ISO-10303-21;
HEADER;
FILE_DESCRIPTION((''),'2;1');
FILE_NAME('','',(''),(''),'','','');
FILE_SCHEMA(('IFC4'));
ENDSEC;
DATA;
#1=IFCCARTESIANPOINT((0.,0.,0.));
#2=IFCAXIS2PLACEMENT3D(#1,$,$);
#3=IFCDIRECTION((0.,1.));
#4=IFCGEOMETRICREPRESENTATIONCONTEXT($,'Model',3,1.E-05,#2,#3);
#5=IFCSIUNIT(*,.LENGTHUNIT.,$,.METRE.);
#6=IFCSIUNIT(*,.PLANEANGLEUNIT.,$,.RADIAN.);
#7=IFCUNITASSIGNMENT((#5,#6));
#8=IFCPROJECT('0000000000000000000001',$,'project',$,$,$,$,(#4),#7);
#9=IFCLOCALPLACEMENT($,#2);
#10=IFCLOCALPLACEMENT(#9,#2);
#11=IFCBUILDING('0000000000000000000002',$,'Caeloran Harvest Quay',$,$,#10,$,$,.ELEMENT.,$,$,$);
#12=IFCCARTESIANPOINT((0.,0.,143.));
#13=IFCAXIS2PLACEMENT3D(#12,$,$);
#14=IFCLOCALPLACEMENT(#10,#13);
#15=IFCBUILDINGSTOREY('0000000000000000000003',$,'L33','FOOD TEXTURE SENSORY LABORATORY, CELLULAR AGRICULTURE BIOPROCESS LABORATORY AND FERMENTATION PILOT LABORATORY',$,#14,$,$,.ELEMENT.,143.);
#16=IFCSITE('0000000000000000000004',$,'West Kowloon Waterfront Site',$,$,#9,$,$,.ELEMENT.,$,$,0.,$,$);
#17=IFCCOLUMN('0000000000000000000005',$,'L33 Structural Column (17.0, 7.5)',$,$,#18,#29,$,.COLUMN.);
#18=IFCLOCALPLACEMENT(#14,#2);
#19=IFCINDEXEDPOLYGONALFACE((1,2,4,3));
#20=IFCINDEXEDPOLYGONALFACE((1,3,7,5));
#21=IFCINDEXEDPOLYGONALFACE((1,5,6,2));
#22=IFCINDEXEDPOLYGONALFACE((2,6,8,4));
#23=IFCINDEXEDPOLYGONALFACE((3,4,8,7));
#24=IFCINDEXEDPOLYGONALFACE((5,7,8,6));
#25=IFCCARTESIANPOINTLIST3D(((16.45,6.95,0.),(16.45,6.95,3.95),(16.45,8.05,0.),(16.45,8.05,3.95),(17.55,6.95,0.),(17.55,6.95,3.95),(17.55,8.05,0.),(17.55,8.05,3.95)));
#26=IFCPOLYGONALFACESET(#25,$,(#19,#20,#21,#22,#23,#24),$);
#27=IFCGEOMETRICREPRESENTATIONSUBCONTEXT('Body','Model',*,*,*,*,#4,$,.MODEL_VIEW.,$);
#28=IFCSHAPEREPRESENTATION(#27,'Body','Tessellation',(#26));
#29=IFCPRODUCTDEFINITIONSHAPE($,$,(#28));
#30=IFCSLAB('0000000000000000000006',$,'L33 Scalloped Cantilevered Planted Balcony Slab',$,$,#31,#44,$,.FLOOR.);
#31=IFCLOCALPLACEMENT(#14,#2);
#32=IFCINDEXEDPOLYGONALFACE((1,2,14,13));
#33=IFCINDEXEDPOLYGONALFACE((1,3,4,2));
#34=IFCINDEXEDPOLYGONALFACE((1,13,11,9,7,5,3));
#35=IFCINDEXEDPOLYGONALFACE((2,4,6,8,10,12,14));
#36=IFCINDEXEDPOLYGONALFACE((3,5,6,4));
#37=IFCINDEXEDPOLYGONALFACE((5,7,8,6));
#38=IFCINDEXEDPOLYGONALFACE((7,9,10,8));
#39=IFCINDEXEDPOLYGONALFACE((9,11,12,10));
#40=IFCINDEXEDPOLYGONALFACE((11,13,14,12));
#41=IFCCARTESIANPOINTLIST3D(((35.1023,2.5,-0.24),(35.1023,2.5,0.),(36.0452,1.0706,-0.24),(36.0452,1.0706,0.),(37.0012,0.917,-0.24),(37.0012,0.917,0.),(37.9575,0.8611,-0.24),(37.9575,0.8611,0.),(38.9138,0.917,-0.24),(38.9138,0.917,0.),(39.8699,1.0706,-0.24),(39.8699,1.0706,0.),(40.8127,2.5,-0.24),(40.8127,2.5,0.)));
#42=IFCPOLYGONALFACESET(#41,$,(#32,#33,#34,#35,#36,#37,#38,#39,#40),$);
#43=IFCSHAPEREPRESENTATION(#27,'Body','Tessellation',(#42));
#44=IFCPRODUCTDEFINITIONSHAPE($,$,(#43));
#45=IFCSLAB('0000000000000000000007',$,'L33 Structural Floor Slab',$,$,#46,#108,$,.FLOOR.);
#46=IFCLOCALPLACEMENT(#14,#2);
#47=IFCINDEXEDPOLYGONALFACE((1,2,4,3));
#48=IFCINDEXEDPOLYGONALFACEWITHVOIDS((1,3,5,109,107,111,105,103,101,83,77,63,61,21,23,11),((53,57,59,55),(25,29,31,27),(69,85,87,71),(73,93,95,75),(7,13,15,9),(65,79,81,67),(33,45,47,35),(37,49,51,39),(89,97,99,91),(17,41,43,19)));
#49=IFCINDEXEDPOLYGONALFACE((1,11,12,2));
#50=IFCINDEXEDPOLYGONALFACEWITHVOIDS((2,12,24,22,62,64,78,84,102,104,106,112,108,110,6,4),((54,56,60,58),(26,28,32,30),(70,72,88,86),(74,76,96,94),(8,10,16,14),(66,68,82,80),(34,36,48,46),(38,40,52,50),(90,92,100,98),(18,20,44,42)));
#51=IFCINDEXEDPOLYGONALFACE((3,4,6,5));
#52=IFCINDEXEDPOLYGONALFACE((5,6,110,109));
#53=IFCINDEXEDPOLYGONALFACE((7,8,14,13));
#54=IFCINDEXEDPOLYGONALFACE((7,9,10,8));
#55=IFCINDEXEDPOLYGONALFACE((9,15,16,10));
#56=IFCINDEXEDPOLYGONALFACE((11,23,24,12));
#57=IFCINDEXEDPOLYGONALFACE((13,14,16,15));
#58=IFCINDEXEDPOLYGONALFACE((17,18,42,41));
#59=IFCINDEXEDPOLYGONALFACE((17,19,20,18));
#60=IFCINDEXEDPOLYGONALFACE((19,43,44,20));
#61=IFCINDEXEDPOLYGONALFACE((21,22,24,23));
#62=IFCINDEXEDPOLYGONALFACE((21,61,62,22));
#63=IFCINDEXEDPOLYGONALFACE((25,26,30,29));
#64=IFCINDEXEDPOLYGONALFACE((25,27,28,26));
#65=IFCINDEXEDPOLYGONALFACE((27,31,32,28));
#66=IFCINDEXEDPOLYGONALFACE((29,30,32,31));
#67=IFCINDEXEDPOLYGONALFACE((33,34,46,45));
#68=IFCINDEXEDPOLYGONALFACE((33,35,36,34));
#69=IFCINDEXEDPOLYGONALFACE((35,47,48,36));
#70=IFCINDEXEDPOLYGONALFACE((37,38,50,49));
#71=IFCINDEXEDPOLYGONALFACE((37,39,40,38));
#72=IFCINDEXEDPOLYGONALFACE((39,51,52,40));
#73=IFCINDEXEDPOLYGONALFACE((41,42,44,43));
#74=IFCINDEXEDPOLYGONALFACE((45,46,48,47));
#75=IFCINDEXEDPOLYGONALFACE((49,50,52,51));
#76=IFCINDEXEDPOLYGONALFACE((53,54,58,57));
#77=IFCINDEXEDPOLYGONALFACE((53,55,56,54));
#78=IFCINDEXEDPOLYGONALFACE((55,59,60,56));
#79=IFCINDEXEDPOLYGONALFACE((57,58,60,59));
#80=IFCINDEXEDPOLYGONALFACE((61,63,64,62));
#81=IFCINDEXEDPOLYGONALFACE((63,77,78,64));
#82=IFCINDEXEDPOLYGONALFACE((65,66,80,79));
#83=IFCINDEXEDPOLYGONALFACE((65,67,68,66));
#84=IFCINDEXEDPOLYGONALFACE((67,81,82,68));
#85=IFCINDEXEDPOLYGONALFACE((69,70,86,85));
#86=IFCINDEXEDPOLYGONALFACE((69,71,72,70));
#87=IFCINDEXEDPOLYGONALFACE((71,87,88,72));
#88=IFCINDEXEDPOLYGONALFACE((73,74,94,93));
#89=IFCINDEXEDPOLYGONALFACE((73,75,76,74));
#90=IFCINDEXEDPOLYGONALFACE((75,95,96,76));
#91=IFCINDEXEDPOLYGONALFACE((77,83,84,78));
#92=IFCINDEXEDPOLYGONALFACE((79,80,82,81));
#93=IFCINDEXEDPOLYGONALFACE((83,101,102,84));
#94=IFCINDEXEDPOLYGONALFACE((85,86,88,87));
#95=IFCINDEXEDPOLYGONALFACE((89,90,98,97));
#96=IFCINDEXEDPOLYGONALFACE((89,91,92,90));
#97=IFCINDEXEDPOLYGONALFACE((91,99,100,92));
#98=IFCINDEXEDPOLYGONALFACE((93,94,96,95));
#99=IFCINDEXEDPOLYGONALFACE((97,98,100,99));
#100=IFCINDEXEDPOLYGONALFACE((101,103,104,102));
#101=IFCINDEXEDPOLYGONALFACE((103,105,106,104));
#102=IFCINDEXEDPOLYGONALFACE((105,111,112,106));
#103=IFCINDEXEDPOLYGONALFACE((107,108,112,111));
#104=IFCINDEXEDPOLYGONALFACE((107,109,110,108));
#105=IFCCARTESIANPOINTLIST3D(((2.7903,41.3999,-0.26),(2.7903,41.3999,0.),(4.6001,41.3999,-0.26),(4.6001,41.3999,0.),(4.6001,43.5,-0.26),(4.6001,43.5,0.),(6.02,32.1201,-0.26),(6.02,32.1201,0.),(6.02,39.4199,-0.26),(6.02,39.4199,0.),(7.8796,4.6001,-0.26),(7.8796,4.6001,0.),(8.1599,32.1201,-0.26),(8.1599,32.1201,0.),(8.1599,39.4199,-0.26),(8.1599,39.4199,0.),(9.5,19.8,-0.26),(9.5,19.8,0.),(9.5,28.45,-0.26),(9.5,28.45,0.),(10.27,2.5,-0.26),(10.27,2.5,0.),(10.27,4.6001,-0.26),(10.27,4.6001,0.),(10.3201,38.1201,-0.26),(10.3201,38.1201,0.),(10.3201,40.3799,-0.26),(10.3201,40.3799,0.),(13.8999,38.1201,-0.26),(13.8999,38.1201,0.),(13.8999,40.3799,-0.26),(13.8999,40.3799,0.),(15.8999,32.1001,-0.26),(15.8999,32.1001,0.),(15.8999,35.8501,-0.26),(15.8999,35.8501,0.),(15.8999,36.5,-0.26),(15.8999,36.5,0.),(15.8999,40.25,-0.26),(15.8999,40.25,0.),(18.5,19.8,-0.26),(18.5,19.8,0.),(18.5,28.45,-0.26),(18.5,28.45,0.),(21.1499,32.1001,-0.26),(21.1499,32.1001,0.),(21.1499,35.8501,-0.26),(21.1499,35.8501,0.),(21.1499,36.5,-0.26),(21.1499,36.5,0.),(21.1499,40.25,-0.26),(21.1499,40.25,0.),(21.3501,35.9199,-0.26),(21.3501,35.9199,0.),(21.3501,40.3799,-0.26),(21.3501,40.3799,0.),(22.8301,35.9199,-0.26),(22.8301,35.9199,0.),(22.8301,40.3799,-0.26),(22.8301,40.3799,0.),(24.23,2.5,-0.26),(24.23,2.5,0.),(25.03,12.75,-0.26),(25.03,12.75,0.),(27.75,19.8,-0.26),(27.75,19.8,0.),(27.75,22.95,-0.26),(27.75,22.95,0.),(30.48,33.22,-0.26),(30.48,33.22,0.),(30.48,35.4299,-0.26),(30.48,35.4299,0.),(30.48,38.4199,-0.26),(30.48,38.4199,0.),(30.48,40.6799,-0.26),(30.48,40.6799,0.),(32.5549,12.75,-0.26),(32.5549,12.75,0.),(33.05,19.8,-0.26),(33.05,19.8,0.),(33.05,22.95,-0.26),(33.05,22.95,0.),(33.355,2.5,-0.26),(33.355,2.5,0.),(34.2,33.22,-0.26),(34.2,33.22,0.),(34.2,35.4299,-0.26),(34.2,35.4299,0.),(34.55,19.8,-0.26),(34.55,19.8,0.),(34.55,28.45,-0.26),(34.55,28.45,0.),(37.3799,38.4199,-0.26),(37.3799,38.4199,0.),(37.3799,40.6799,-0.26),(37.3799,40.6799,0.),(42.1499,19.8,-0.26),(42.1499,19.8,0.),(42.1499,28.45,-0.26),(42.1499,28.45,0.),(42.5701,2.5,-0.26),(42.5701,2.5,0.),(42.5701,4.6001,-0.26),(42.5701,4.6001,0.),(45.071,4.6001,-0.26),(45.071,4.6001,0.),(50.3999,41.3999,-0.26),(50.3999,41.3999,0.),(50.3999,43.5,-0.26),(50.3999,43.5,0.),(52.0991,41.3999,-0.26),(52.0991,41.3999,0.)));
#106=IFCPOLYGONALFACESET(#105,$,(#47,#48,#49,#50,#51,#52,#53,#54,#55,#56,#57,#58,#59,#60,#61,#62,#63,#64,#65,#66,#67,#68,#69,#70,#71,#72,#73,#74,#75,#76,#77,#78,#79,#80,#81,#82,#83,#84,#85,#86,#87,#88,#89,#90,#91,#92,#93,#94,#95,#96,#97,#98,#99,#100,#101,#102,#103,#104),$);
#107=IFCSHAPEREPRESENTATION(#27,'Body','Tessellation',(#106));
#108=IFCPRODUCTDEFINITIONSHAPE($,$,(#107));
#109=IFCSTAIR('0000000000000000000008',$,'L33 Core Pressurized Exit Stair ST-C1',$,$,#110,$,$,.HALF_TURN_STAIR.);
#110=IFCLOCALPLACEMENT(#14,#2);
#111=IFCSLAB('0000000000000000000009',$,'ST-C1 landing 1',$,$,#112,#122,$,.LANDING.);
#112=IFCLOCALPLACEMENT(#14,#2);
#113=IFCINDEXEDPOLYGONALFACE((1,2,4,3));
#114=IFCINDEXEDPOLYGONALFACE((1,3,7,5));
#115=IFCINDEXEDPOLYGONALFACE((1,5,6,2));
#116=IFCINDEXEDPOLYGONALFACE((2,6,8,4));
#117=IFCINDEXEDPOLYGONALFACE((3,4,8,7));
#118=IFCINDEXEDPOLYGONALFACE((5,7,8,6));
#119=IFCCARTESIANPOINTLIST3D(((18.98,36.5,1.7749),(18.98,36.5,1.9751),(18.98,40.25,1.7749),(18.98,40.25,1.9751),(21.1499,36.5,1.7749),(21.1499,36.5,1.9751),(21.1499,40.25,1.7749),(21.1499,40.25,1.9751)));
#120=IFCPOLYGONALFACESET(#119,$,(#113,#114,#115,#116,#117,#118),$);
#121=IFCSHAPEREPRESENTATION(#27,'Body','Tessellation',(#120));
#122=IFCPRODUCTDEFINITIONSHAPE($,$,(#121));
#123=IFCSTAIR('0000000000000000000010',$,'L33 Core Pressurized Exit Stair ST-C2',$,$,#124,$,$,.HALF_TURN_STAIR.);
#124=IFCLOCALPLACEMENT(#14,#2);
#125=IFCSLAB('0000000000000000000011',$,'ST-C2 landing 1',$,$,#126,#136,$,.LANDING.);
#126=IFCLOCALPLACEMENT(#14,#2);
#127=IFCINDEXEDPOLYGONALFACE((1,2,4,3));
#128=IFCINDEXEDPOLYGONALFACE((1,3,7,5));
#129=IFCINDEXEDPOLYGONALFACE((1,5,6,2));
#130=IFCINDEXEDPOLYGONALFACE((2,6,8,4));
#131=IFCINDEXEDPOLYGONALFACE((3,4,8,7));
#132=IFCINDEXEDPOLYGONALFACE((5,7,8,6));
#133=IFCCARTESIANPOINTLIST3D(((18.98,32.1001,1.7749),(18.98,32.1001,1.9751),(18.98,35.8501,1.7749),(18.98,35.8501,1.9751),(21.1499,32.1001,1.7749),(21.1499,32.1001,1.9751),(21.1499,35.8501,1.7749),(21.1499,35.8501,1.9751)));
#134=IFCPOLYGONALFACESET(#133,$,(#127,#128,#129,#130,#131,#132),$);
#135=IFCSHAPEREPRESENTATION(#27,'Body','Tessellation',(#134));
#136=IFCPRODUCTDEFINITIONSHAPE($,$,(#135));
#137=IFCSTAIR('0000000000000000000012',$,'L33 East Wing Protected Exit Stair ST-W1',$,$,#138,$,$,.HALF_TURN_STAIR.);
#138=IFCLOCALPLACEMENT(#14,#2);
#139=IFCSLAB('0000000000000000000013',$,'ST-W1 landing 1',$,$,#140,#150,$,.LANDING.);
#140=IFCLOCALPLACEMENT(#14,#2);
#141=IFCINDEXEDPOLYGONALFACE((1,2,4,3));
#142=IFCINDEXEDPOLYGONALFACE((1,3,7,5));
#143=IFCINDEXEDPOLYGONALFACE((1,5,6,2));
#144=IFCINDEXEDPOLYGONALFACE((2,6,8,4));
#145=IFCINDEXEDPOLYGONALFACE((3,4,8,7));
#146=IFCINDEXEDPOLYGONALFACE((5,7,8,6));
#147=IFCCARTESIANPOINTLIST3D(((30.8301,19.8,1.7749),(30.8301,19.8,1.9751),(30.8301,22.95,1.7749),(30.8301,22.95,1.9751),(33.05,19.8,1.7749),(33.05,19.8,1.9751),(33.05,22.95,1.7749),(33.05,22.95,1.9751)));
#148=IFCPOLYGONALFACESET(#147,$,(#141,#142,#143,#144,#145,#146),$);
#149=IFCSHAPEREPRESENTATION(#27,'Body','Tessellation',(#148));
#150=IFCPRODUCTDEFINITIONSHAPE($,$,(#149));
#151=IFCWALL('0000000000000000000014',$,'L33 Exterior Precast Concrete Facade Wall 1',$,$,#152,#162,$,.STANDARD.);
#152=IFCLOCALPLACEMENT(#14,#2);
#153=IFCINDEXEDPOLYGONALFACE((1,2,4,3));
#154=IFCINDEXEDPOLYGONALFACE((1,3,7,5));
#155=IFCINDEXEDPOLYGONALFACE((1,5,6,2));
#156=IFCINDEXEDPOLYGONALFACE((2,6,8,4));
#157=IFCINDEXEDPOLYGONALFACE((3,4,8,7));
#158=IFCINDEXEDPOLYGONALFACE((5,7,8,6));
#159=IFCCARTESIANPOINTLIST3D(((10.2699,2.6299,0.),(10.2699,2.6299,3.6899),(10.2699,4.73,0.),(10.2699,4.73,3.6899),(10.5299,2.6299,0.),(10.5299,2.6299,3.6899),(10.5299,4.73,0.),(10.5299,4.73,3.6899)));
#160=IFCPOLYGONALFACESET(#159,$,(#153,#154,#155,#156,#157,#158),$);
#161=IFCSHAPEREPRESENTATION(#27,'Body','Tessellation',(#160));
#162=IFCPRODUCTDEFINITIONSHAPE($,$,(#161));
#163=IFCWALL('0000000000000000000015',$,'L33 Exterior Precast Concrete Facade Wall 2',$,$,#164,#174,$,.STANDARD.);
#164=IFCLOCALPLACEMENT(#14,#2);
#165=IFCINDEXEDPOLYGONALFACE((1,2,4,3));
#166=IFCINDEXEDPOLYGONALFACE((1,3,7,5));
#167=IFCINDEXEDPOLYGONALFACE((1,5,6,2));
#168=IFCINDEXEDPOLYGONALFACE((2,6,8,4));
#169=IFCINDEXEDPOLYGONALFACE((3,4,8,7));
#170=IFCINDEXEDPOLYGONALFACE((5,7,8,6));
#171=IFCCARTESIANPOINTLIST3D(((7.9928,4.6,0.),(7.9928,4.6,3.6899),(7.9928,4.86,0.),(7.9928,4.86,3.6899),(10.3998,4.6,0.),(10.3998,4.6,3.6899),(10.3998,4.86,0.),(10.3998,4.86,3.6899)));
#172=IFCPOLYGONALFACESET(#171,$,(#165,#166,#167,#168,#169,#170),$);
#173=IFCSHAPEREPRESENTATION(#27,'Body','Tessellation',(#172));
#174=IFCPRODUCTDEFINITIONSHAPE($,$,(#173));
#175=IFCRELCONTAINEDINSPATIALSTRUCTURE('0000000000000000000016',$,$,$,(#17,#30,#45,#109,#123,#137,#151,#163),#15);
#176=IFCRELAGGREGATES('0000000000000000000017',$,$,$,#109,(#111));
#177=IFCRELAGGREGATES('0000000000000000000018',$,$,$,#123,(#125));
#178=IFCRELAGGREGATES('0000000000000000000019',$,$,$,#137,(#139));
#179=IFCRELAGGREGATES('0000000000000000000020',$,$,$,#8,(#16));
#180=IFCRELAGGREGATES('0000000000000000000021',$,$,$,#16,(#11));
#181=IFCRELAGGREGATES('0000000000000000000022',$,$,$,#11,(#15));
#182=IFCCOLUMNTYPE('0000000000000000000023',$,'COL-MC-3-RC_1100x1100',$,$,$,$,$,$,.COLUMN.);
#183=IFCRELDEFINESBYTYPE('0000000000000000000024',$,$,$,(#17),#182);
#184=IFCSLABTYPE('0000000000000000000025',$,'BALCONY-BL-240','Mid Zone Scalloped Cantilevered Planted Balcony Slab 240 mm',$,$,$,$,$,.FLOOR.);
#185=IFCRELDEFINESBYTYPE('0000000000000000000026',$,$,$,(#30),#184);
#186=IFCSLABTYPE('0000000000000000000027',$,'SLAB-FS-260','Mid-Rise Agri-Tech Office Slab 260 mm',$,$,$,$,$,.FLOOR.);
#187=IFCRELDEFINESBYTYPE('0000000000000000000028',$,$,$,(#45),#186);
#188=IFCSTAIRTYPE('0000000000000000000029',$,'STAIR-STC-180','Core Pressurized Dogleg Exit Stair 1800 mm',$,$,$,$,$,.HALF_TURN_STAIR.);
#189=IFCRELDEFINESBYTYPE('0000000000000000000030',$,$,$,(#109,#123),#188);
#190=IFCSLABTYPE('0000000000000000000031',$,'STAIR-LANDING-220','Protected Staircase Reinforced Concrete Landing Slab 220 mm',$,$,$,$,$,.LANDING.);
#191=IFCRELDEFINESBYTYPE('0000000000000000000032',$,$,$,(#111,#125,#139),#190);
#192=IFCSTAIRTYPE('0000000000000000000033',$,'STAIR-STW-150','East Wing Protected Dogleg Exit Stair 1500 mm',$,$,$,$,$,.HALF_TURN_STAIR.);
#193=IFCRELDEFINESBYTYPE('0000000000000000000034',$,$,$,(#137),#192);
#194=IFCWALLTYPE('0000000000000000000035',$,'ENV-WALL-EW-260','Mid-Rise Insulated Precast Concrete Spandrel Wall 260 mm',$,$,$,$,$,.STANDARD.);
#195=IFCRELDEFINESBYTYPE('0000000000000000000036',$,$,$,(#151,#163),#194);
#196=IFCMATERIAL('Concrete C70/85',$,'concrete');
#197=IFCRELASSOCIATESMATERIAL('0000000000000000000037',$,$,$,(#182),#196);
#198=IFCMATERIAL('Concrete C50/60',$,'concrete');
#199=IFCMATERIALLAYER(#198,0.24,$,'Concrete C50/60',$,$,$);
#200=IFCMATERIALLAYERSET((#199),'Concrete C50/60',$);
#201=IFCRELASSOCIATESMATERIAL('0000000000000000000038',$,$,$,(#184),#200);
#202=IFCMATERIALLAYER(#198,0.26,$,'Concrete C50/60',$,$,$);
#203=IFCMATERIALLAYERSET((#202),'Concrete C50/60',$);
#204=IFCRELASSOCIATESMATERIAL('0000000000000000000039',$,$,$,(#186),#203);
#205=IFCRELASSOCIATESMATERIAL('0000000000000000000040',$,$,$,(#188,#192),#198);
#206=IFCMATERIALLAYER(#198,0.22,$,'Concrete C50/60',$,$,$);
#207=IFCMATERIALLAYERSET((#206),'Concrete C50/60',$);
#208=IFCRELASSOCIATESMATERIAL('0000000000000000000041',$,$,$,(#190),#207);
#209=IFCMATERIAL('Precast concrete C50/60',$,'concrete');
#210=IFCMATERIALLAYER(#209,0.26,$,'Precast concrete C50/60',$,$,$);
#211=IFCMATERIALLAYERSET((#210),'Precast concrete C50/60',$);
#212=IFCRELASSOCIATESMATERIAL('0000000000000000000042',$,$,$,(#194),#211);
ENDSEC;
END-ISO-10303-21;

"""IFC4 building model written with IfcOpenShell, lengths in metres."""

from ifc_helpers import new_model, si_unit, direction, frame, frame_2d, origin, origin_2d, place, context, subcontext, project, spatial, polyline, rectangle, outline, extrude, material, layer, layer_set, material_profile, profile_set, type_object, element, aggregate, save


model = new_model("IFC4")

# Units and contexts
model_context = context("Model", 3, precision=1e-05, world=origin(), true_north=direction((0.0, 1.0)))
body_context = subcontext(model_context, "Body", "Model", "MODEL_VIEW")
ifc_project = project(units=[si_unit("LENGTHUNIT", "METRE"), si_unit("PLANEANGLEUNIT", "RADIAN")], contexts=[model_context])

# Site, building, storey
site_placement = place(None, origin())
site = spatial("IfcSite", under=ifc_project, at=site_placement, Name="West Kowloon Waterfront Site", CompositionType="ELEMENT", RefElevation=0.0)
building_placement = place(site_placement, origin())
building = spatial("IfcBuilding", under=site, at=building_placement, Name="Caeloran Harvest Quay", CompositionType="ELEMENT")
storey_placement = place(building_placement, frame((0.0, 0.0, 143.0)))
storey = spatial("IfcBuildingStorey", under=building, at=storey_placement, Name="L33", Description="FOOD TEXTURE SENSORY LABORATORY, CELLULAR AGRICULTURE BIOPROCESS LABORATORY AND FERMENTATION PILOT LABORATORY", CompositionType="ELEMENT", Elevation=143.0)

# Column
ifc_material_1 = material(Name="Concrete C70/85", Category="concrete")
ifc_material_profile = material_profile(ifc_material_1, rectangle(XDim=1.1001, YDim=1.1001, at=origin_2d()), Name="RC 1100x1100")
ifc_profile_set = profile_set([ifc_material_profile], Name="Concrete C70/85")
column_type = type_object("IfcColumnType", Name="COL-MC-3-RC_1100x1100", PredefinedType="COLUMN", material=ifc_profile_set)
column_placement = place(storey_placement, frame((17.0, 7.5, 0.0), z_axis=(0.0, 0.0, 1.0), x_axis=(1.0, 0.0, 0.0)))
element("IfcColumn", 1, at=column_placement, inside=storey, type_object=column_type, Name="L33 Structural Column (17.0, 7.5)", PredefinedType="COLUMN", context=body_context, shape_type="SweptSolid", body=[
    extrude(rectangle(XDim=1.1001, YDim=1.1001, at=origin_2d()), origin(), (0.0, 0.0, 1.0), 3.95),
])

# Slabs
ifc_material_2 = material(Name="Concrete C50/60", Category="concrete")
ifc_layer_1 = layer(ifc_material_2, 0.24, Name="Concrete C50/60")
ifc_layer_set_1 = layer_set([ifc_layer_1], Name="Concrete C50/60")
slab_type_1 = type_object("IfcSlabType", Name="BALCONY-BL-240", Description="Mid Zone Scalloped Cantilevered Planted Balcony Slab 240 mm", PredefinedType="FLOOR", material=ifc_layer_set_1)
slab_1_placement = place(storey_placement, frame((0.0, 0.0, -0.24)))
element("IfcSlab", 2, at=slab_1_placement, inside=storey, type_object=slab_type_1, Name="L33 Scalloped Cantilevered Planted Balcony Slab", PredefinedType="FLOOR", context=body_context, shape_type="SweptSolid", body=[
    extrude(outline(polyline([(39.8699, 1.0706), (38.9138, 0.917), (37.9575, 0.8611), (37.0012, 0.917), (36.0452, 1.0706), (35.1023, 2.5), (40.8127, 2.5), (39.8699, 1.0706)])), origin(), (0.0, 0.0, 1.0), 0.24),
])
ifc_layer_2 = layer(ifc_material_2, 0.26, Name="Concrete C50/60")
ifc_layer_set_2 = layer_set([ifc_layer_2], Name="Concrete C50/60")
slab_type_2 = type_object("IfcSlabType", Name="SLAB-FS-260", Description="Mid-Rise Agri-Tech Office Slab 260 mm", PredefinedType="FLOOR", material=ifc_layer_set_2)
slab_2_placement = place(storey_placement, frame((0.0, 0.0, -0.26)))
element("IfcSlab", 3, at=slab_2_placement, inside=storey, type_object=slab_type_2, Name="L33 Structural Floor Slab", PredefinedType="FLOOR", context=body_context, shape_type="SweptSolid", body=[
    extrude(outline(polyline([(10.27, 2.5), (24.23, 2.5), (25.03, 12.75), (32.5549, 12.75), (33.355, 2.5), (42.5701, 2.5), (42.5701, 4.6001), (45.071, 4.6001), (52.0991, 41.3999), (50.3999, 41.3999), (50.3999, 43.5), (4.6001, 43.5), (4.6001, 41.3999), (2.7903, 41.3999), (7.8796, 4.6001), (10.27, 4.6001), (10.27, 2.5)]), holes=[polyline([(27.75, 19.8), (27.75, 22.95), (33.05, 22.95), (33.05, 19.8), (27.75, 19.8)]), polyline([(18.5, 19.8), (9.5, 19.8), (9.5, 28.45), (18.5, 28.45), (18.5, 19.8)]), polyline([(42.1499, 19.8), (34.55, 19.8), (34.55, 28.45), (42.1499, 28.45), (42.1499, 19.8)]), polyline([(15.8999, 35.8501), (21.1499, 35.8501), (21.1499, 32.1001), (15.8999, 32.1001), (15.8999, 35.8501)]), polyline([(30.48, 33.22), (30.48, 35.4299), (34.2, 35.4299), (34.2, 33.22), (30.48, 33.22)]), polyline([(8.1599, 32.1201), (6.02, 32.1201), (6.02, 39.4199), (8.1599, 39.4199), (8.1599, 32.1201)]), polyline([(22.8301, 35.9199), (21.3501, 35.9199), (21.3501, 40.3799), (22.8301, 40.3799), (22.8301, 35.9199)]), polyline([(15.8999, 36.5), (15.8999, 40.25), (21.1499, 40.25), (21.1499, 36.5), (15.8999, 36.5)]), polyline([(10.3201, 38.1201), (10.3201, 40.3799), (13.8999, 40.3799), (13.8999, 38.1201), (10.3201, 38.1201)]), polyline([(30.48, 38.4199), (30.48, 40.6799), (37.3799, 40.6799), (37.3799, 38.4199), (30.48, 38.4199)])]), origin(), (0.0, 0.0, 1.0), 0.26),
])

# Stairs, slabs
stair_type_1 = type_object("IfcStairType", Name="STAIR-STC-180", Description="Core Pressurized Dogleg Exit Stair 1800 mm", PredefinedType="HALF_TURN_STAIR", material=ifc_material_2)
stair_1_placement = place(storey_placement, origin())
stair_1 = element("IfcStair", 4, at=stair_1_placement, inside=storey, type_object=stair_type_1, Name="L33 Core Pressurized Exit Stair ST-C1", PredefinedType="HALF_TURN_STAIR")
ifc_layer_3 = layer(ifc_material_2, 0.22, Name="Concrete C50/60")
ifc_layer_set_3 = layer_set([ifc_layer_3], Name="Concrete C50/60")
slab_type_3 = type_object("IfcSlabType", Name="STAIR-LANDING-220", Description="Protected Staircase Reinforced Concrete Landing Slab 220 mm", PredefinedType="LANDING", material=ifc_layer_set_3)
slab_3_placement = place(storey_placement, frame((0.0, 0.0, 1.7749)))
slab_3 = element("IfcSlab", 5, at=slab_3_placement, type_object=slab_type_3, Name="ST-C1 landing 1", PredefinedType="LANDING", context=body_context, shape_type="SweptSolid", body=[
    extrude(outline(polyline([(18.98, 36.5), (21.1499, 36.5), (21.1499, 40.25), (18.98, 40.25), (18.98, 36.5)])), origin(), (0.0, 0.0, 1.0), 0.2002),
])
aggregate(stair_1, [slab_3])
stair_2_placement = place(storey_placement, origin())
stair_2 = element("IfcStair", 6, at=stair_2_placement, inside=storey, type_object=stair_type_1, Name="L33 Core Pressurized Exit Stair ST-C2", PredefinedType="HALF_TURN_STAIR")
slab_4_placement = place(storey_placement, frame((0.0, 0.0, 1.7749)))
slab_4 = element("IfcSlab", 7, at=slab_4_placement, type_object=slab_type_3, Name="ST-C2 landing 1", PredefinedType="LANDING", context=body_context, shape_type="SweptSolid", body=[
    extrude(outline(polyline([(18.98, 32.1001), (21.1499, 32.1001), (21.1499, 35.8501), (18.98, 35.8501), (18.98, 32.1001)])), origin(), (0.0, 0.0, 1.0), 0.2002),
])
aggregate(stair_2, [slab_4])
stair_type_2 = type_object("IfcStairType", Name="STAIR-STW-150", Description="East Wing Protected Dogleg Exit Stair 1500 mm", PredefinedType="HALF_TURN_STAIR", material=ifc_material_2)
stair_3_placement = place(storey_placement, origin())
stair_3 = element("IfcStair", 8, at=stair_3_placement, inside=storey, type_object=stair_type_2, Name="L33 East Wing Protected Exit Stair ST-W1", PredefinedType="HALF_TURN_STAIR")
slab_5_placement = place(storey_placement, frame((0.0, 0.0, 1.7749)))
slab_5 = element("IfcSlab", 9, at=slab_5_placement, type_object=slab_type_3, Name="ST-W1 landing 1", PredefinedType="LANDING", context=body_context, shape_type="SweptSolid", body=[
    extrude(outline(polyline([(30.8301, 19.8), (33.05, 19.8), (33.05, 22.95), (30.8301, 22.95), (30.8301, 19.8)])), origin(), (0.0, 0.0, 1.0), 0.2002),
])
aggregate(stair_3, [slab_5])

# Walls
ifc_material_3 = material(Name="Precast concrete C50/60", Category="concrete")
ifc_layer_4 = layer(ifc_material_3, 0.26, Name="Precast concrete C50/60")
ifc_layer_set_4 = layer_set([ifc_layer_4], Name="Precast concrete C50/60")
wall_type = type_object("IfcWallType", Name="ENV-WALL-EW-260", Description="Mid-Rise Insulated Precast Concrete Spandrel Wall 260 mm", PredefinedType="STANDARD", material=ifc_layer_set_4)
wall_1_placement = place(storey_placement, frame((10.3999, 2.6299, 0.0), z_axis=(0.0, 0.0, 1.0), x_axis=(0.0, 1.0, 0.0)))
element("IfcWall", 10, at=wall_1_placement, inside=storey, type_object=wall_type, Name="L33 Exterior Precast Concrete Facade Wall 1", PredefinedType="STANDARD", context=body_context, shape_type="SweptSolid", body=[
    extrude(rectangle(XDim=2.1001, YDim=0.26, at=frame_2d((1.05, 0.0))), origin(), (0.0, 0.0, 1.0), 3.6899),
])
wall_2_placement = place(storey_placement, frame((10.3999, 4.73, 0.0), z_axis=(0.0, 0.0, 1.0), x_axis=(-1.0, 0.0, 0.0)))
element("IfcWall", 11, at=wall_2_placement, inside=storey, type_object=wall_type, Name="L33 Exterior Precast Concrete Facade Wall 2", PredefinedType="STANDARD", context=body_context, shape_type="SweptSolid", body=[
    extrude(rectangle(XDim=2.407, YDim=0.26, at=frame_2d((1.2036, 0.0))), origin(), (0.0, 0.0, 1.0), 3.6899),
])

save(model, "model.ifc")
